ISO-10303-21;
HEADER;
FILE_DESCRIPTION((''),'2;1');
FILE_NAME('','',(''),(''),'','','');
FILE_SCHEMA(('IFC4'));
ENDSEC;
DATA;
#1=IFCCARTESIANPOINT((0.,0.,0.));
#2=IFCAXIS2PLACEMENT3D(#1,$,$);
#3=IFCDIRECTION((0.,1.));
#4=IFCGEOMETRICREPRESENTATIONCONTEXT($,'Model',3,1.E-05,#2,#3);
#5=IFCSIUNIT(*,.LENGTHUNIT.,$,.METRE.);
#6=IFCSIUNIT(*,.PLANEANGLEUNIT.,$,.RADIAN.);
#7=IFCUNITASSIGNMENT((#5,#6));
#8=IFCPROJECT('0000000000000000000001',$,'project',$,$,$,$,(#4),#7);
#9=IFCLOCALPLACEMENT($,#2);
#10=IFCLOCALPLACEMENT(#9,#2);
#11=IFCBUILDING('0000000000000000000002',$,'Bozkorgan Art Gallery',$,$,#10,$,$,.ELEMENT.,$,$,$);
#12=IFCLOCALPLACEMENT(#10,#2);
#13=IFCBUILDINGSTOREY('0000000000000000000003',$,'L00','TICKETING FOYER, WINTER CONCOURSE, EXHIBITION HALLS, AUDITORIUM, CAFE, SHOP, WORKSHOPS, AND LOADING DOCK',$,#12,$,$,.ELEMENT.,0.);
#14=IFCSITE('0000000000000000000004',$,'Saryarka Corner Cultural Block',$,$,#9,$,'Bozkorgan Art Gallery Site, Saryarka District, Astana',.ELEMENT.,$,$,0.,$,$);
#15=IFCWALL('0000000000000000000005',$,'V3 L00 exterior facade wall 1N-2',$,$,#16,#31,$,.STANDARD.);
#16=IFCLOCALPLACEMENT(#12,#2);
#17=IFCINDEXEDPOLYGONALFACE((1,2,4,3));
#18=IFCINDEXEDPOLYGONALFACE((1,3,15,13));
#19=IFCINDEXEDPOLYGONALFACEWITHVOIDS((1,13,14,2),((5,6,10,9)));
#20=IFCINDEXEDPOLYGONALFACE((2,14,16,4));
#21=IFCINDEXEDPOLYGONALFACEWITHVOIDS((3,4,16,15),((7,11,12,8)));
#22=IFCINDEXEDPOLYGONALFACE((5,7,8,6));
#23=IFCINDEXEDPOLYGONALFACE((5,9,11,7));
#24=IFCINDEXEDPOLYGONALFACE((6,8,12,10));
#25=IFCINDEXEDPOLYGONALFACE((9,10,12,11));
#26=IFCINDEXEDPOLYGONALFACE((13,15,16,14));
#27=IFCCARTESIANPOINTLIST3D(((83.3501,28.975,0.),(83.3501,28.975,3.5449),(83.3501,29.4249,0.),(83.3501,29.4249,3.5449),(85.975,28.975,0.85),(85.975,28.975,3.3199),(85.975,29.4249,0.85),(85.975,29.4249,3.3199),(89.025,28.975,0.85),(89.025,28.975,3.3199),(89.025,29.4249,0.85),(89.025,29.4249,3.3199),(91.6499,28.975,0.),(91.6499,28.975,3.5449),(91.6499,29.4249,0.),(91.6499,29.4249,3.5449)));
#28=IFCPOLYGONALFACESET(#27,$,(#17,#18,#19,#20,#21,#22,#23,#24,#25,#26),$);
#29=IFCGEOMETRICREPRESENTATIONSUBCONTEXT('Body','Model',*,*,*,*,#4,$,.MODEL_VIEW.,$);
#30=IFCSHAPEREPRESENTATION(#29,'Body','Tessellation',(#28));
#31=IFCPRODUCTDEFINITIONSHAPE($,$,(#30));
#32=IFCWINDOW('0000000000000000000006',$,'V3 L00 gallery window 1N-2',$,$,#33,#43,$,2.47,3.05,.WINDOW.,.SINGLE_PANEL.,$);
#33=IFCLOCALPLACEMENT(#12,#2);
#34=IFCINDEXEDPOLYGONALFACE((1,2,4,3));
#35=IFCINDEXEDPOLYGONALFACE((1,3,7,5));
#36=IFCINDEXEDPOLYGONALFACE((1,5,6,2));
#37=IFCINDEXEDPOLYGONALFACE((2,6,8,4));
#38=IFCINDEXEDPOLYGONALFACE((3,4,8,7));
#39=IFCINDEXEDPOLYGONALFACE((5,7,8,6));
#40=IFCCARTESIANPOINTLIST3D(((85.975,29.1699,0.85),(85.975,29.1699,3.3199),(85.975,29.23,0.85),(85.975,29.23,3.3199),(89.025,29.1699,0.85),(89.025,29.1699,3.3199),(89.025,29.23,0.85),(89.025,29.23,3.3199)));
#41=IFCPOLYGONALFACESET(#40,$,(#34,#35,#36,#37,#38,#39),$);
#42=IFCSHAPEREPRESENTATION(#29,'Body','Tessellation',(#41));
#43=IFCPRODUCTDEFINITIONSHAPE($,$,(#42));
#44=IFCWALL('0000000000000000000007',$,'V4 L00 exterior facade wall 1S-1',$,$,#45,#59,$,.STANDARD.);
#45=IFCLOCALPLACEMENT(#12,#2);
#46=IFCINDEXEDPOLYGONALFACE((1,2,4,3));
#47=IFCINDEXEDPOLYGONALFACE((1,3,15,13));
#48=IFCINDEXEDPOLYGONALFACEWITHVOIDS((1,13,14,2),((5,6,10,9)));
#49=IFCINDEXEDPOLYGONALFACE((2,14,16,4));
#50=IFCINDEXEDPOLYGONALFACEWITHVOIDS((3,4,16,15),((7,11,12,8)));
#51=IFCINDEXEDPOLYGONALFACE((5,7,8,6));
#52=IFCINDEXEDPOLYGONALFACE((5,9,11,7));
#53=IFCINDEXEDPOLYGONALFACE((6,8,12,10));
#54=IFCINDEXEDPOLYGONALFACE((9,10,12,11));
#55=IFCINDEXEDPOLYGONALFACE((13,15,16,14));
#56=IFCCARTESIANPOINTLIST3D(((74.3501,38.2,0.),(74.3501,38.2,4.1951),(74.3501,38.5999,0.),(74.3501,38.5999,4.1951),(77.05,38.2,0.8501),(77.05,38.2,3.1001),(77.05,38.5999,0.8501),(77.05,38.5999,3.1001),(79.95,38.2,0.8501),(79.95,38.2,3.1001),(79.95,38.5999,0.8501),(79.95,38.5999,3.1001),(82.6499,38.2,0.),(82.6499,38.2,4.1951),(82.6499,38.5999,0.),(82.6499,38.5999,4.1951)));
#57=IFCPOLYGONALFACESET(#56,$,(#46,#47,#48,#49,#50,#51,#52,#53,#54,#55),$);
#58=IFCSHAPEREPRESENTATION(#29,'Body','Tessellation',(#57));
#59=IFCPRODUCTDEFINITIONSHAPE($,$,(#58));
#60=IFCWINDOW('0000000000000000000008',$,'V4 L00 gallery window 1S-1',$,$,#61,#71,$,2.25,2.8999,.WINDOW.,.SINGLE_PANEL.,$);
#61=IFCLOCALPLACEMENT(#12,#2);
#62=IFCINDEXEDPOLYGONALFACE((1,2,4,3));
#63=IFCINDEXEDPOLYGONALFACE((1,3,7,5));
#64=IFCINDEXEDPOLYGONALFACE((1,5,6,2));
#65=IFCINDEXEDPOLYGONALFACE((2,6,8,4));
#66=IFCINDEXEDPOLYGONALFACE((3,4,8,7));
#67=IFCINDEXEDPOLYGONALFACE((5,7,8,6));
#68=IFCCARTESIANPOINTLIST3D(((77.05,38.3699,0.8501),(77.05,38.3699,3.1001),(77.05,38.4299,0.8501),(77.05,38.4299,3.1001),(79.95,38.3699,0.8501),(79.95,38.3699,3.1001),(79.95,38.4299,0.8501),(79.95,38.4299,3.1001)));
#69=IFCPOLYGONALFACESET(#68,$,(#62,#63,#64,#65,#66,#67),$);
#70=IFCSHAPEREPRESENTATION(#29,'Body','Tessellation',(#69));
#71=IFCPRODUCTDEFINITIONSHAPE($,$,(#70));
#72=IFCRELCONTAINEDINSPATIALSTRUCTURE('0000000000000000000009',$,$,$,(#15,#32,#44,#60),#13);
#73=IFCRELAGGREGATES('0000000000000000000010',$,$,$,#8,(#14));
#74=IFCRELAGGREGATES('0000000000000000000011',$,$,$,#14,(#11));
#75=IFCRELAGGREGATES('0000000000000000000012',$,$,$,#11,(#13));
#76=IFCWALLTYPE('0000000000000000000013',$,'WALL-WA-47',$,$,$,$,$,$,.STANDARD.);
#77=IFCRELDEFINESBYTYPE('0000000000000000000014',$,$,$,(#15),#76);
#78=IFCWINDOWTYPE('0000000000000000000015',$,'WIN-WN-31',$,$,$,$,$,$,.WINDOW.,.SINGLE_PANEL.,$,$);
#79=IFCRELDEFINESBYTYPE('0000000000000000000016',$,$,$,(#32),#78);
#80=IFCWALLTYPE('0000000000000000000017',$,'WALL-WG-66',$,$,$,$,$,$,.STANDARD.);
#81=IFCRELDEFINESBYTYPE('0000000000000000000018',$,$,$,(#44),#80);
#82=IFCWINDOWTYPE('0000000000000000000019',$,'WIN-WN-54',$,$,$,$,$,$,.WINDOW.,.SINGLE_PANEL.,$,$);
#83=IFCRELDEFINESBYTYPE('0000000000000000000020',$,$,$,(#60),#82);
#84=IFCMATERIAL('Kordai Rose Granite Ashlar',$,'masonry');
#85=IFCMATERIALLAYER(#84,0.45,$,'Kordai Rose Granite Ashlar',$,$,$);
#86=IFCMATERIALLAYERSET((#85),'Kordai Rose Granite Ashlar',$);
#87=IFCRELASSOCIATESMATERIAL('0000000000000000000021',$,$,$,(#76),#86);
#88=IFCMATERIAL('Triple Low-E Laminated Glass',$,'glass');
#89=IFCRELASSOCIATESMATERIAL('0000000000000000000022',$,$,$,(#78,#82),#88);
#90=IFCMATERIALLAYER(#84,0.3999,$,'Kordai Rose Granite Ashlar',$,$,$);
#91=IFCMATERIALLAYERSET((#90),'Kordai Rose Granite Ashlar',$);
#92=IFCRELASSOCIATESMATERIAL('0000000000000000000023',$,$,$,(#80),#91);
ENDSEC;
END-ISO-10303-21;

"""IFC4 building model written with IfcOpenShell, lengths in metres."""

from ifc_helpers import new_model, si_unit, direction, frame, frame_2d, origin, place, context, subcontext, project, spatial, rectangle, extrude, material, layer, layer_set, type_object, element, fill, save


model = new_model("IFC4")

# Units and contexts
model_context = context("Model", 3, precision=1e-05, world=origin(), true_north=direction((0.0, 1.0)))
body_context = subcontext(model_context, "Body", "Model", "MODEL_VIEW")
ifc_project = project(units=[si_unit("LENGTHUNIT", "METRE"), si_unit("PLANEANGLEUNIT", "RADIAN")], contexts=[model_context])

# Site, building, storey
site_placement = place(None, origin())
site = spatial("IfcSite", under=ifc_project, at=site_placement, Name="Saryarka Corner Cultural Block", LongName="Bozkorgan Art Gallery Site, Saryarka District, Astana", CompositionType="ELEMENT", RefElevation=0.0)
building_placement = place(site_placement, origin())
building = spatial("IfcBuilding", under=site, at=building_placement, Name="Bozkorgan Art Gallery", CompositionType="ELEMENT")
storey_placement = place(building_placement, origin())
storey = spatial("IfcBuildingStorey", under=building, at=storey_placement, Name="L00", Description="TICKETING FOYER, WINTER CONCOURSE, EXHIBITION HALLS, AUDITORIUM, CAFE, SHOP, WORKSHOPS, AND LOADING DOCK", CompositionType="ELEMENT", Elevation=0.0)

# Walls, openings, windows
ifc_material_1 = material(Name="Kordai Rose Granite Ashlar", Category="masonry")
ifc_layer_1 = layer(ifc_material_1, 0.45, Name="Kordai Rose Granite Ashlar")
ifc_layer_set_1 = layer_set([ifc_layer_1], Name="Kordai Rose Granite Ashlar")
wall_type_1 = type_object("IfcWallType", Name="WALL-WA-47", PredefinedType="STANDARD", material=ifc_layer_set_1)
wall_1_placement = place(storey_placement, frame((83.3501, 29.2, 0.0), z_axis=(0.0, 0.0, 1.0), x_axis=(1.0, 0.0, 0.0)))
wall_1 = element("IfcWall", 1, at=wall_1_placement, inside=storey, type_object=wall_type_1, Name="V3 L00 exterior facade wall 1N-2", PredefinedType="STANDARD", context=body_context, shape_type="SweptSolid", body=[
    extrude(rectangle(XDim=8.2998, YDim=0.45, at=frame_2d((4.1499, 0.0))), origin(), (0.0, 0.0, 1.0), 3.5449),
])
opening_1_placement = place(wall_1_placement, frame((2.625, 0.0, 0.8501)))
opening_1 = element("IfcOpeningElement", 2, at=opening_1_placement, cuts=wall_1, PredefinedType="OPENING", context=body_context, shape_type="SweptSolid", body=[
    extrude(rectangle(XDim=3.05, YDim=2.47, at=frame_2d((1.5249, 1.2349))), frame((0.0, 0.2349, 0.0), z_axis=(0.0, -1.0, 0.0), x_axis=(1.0, 0.0, 0.0)), (0.0, 0.0, 1.0), 0.47),
])
ifc_material_2 = material(Name="Triple Low-E Laminated Glass", Category="glass")
window_type_1 = type_object("IfcWindowType", Name="WIN-WN-31", PartitioningType="SINGLE_PANEL", PredefinedType="WINDOW", material=ifc_material_2)
window_1_placement = place(opening_1_placement, origin())
window_1 = element("IfcWindow", 3, at=window_1_placement, inside=storey, type_object=window_type_1, Name="V3 L00 gallery window 1N-2", OverallHeight=2.47, OverallWidth=3.05, PartitioningType="SINGLE_PANEL", PredefinedType="WINDOW", context=body_context, shape_type="SweptSolid", body=[
    extrude(rectangle(XDim=3.05, YDim=2.47, at=frame_2d((1.5249, 1.2349))), frame((0.0, 0.03, 0.0), z_axis=(0.0, -1.0, 0.0), x_axis=(1.0, 0.0, 0.0)), (0.0, 0.0, 1.0), 0.0601),
])
fill(opening_1, window_1)
ifc_layer_2 = layer(ifc_material_1, 0.3999, Name="Kordai Rose Granite Ashlar")
ifc_layer_set_2 = layer_set([ifc_layer_2], Name="Kordai Rose Granite Ashlar")
wall_type_2 = type_object("IfcWallType", Name="WALL-WG-66", PredefinedType="STANDARD", material=ifc_layer_set_2)
wall_2_placement = place(storey_placement, frame((74.3501, 38.3999, 0.0), z_axis=(0.0, 0.0, 1.0), x_axis=(1.0, 0.0, 0.0)))
wall_2 = element("IfcWall", 4, at=wall_2_placement, inside=storey, type_object=wall_type_2, Name="V4 L00 exterior facade wall 1S-1", PredefinedType="STANDARD", context=body_context, shape_type="SweptSolid", body=[
    extrude(rectangle(XDim=8.2998, YDim=0.3999, at=frame_2d((4.1499, 0.0))), origin(), (0.0, 0.0, 1.0), 4.1951),
])
opening_2_placement = place(wall_2_placement, frame((5.5999, 0.0, 0.8501), z_axis=(0.0, 0.0, 1.0), x_axis=(-1.0, 0.0, 0.0)))
opening_2 = element("IfcOpeningElement", 5, at=opening_2_placement, cuts=wall_2, PredefinedType="OPENING", context=body_context, shape_type="SweptSolid", body=[
    extrude(rectangle(XDim=2.8999, YDim=2.25, at=frame_2d((1.45, 1.125))), frame((0.0, 0.21, 0.0), z_axis=(0.0, -1.0, 0.0), x_axis=(1.0, 0.0, 0.0)), (0.0, 0.0, 1.0), 0.4199),
])
window_type_2 = type_object("IfcWindowType", Name="WIN-WN-54", PartitioningType="SINGLE_PANEL", PredefinedType="WINDOW", material=ifc_material_2)
window_2_placement = place(opening_2_placement, origin())
window_2 = element("IfcWindow", 6, at=window_2_placement, inside=storey, type_object=window_type_2, Name="V4 L00 gallery window 1S-1", OverallHeight=2.25, OverallWidth=2.8999, PartitioningType="SINGLE_PANEL", PredefinedType="WINDOW", context=body_context, shape_type="SweptSolid", body=[
    extrude(rectangle(XDim=2.8999, YDim=2.25, at=frame_2d((1.45, 1.125))), frame((0.0, 0.03, 0.0), z_axis=(0.0, -1.0, 0.0), x_axis=(1.0, 0.0, 0.0)), (0.0, 0.0, 1.0), 0.0601),
])
fill(opening_2, window_2)

save(model, "model.ifc")
